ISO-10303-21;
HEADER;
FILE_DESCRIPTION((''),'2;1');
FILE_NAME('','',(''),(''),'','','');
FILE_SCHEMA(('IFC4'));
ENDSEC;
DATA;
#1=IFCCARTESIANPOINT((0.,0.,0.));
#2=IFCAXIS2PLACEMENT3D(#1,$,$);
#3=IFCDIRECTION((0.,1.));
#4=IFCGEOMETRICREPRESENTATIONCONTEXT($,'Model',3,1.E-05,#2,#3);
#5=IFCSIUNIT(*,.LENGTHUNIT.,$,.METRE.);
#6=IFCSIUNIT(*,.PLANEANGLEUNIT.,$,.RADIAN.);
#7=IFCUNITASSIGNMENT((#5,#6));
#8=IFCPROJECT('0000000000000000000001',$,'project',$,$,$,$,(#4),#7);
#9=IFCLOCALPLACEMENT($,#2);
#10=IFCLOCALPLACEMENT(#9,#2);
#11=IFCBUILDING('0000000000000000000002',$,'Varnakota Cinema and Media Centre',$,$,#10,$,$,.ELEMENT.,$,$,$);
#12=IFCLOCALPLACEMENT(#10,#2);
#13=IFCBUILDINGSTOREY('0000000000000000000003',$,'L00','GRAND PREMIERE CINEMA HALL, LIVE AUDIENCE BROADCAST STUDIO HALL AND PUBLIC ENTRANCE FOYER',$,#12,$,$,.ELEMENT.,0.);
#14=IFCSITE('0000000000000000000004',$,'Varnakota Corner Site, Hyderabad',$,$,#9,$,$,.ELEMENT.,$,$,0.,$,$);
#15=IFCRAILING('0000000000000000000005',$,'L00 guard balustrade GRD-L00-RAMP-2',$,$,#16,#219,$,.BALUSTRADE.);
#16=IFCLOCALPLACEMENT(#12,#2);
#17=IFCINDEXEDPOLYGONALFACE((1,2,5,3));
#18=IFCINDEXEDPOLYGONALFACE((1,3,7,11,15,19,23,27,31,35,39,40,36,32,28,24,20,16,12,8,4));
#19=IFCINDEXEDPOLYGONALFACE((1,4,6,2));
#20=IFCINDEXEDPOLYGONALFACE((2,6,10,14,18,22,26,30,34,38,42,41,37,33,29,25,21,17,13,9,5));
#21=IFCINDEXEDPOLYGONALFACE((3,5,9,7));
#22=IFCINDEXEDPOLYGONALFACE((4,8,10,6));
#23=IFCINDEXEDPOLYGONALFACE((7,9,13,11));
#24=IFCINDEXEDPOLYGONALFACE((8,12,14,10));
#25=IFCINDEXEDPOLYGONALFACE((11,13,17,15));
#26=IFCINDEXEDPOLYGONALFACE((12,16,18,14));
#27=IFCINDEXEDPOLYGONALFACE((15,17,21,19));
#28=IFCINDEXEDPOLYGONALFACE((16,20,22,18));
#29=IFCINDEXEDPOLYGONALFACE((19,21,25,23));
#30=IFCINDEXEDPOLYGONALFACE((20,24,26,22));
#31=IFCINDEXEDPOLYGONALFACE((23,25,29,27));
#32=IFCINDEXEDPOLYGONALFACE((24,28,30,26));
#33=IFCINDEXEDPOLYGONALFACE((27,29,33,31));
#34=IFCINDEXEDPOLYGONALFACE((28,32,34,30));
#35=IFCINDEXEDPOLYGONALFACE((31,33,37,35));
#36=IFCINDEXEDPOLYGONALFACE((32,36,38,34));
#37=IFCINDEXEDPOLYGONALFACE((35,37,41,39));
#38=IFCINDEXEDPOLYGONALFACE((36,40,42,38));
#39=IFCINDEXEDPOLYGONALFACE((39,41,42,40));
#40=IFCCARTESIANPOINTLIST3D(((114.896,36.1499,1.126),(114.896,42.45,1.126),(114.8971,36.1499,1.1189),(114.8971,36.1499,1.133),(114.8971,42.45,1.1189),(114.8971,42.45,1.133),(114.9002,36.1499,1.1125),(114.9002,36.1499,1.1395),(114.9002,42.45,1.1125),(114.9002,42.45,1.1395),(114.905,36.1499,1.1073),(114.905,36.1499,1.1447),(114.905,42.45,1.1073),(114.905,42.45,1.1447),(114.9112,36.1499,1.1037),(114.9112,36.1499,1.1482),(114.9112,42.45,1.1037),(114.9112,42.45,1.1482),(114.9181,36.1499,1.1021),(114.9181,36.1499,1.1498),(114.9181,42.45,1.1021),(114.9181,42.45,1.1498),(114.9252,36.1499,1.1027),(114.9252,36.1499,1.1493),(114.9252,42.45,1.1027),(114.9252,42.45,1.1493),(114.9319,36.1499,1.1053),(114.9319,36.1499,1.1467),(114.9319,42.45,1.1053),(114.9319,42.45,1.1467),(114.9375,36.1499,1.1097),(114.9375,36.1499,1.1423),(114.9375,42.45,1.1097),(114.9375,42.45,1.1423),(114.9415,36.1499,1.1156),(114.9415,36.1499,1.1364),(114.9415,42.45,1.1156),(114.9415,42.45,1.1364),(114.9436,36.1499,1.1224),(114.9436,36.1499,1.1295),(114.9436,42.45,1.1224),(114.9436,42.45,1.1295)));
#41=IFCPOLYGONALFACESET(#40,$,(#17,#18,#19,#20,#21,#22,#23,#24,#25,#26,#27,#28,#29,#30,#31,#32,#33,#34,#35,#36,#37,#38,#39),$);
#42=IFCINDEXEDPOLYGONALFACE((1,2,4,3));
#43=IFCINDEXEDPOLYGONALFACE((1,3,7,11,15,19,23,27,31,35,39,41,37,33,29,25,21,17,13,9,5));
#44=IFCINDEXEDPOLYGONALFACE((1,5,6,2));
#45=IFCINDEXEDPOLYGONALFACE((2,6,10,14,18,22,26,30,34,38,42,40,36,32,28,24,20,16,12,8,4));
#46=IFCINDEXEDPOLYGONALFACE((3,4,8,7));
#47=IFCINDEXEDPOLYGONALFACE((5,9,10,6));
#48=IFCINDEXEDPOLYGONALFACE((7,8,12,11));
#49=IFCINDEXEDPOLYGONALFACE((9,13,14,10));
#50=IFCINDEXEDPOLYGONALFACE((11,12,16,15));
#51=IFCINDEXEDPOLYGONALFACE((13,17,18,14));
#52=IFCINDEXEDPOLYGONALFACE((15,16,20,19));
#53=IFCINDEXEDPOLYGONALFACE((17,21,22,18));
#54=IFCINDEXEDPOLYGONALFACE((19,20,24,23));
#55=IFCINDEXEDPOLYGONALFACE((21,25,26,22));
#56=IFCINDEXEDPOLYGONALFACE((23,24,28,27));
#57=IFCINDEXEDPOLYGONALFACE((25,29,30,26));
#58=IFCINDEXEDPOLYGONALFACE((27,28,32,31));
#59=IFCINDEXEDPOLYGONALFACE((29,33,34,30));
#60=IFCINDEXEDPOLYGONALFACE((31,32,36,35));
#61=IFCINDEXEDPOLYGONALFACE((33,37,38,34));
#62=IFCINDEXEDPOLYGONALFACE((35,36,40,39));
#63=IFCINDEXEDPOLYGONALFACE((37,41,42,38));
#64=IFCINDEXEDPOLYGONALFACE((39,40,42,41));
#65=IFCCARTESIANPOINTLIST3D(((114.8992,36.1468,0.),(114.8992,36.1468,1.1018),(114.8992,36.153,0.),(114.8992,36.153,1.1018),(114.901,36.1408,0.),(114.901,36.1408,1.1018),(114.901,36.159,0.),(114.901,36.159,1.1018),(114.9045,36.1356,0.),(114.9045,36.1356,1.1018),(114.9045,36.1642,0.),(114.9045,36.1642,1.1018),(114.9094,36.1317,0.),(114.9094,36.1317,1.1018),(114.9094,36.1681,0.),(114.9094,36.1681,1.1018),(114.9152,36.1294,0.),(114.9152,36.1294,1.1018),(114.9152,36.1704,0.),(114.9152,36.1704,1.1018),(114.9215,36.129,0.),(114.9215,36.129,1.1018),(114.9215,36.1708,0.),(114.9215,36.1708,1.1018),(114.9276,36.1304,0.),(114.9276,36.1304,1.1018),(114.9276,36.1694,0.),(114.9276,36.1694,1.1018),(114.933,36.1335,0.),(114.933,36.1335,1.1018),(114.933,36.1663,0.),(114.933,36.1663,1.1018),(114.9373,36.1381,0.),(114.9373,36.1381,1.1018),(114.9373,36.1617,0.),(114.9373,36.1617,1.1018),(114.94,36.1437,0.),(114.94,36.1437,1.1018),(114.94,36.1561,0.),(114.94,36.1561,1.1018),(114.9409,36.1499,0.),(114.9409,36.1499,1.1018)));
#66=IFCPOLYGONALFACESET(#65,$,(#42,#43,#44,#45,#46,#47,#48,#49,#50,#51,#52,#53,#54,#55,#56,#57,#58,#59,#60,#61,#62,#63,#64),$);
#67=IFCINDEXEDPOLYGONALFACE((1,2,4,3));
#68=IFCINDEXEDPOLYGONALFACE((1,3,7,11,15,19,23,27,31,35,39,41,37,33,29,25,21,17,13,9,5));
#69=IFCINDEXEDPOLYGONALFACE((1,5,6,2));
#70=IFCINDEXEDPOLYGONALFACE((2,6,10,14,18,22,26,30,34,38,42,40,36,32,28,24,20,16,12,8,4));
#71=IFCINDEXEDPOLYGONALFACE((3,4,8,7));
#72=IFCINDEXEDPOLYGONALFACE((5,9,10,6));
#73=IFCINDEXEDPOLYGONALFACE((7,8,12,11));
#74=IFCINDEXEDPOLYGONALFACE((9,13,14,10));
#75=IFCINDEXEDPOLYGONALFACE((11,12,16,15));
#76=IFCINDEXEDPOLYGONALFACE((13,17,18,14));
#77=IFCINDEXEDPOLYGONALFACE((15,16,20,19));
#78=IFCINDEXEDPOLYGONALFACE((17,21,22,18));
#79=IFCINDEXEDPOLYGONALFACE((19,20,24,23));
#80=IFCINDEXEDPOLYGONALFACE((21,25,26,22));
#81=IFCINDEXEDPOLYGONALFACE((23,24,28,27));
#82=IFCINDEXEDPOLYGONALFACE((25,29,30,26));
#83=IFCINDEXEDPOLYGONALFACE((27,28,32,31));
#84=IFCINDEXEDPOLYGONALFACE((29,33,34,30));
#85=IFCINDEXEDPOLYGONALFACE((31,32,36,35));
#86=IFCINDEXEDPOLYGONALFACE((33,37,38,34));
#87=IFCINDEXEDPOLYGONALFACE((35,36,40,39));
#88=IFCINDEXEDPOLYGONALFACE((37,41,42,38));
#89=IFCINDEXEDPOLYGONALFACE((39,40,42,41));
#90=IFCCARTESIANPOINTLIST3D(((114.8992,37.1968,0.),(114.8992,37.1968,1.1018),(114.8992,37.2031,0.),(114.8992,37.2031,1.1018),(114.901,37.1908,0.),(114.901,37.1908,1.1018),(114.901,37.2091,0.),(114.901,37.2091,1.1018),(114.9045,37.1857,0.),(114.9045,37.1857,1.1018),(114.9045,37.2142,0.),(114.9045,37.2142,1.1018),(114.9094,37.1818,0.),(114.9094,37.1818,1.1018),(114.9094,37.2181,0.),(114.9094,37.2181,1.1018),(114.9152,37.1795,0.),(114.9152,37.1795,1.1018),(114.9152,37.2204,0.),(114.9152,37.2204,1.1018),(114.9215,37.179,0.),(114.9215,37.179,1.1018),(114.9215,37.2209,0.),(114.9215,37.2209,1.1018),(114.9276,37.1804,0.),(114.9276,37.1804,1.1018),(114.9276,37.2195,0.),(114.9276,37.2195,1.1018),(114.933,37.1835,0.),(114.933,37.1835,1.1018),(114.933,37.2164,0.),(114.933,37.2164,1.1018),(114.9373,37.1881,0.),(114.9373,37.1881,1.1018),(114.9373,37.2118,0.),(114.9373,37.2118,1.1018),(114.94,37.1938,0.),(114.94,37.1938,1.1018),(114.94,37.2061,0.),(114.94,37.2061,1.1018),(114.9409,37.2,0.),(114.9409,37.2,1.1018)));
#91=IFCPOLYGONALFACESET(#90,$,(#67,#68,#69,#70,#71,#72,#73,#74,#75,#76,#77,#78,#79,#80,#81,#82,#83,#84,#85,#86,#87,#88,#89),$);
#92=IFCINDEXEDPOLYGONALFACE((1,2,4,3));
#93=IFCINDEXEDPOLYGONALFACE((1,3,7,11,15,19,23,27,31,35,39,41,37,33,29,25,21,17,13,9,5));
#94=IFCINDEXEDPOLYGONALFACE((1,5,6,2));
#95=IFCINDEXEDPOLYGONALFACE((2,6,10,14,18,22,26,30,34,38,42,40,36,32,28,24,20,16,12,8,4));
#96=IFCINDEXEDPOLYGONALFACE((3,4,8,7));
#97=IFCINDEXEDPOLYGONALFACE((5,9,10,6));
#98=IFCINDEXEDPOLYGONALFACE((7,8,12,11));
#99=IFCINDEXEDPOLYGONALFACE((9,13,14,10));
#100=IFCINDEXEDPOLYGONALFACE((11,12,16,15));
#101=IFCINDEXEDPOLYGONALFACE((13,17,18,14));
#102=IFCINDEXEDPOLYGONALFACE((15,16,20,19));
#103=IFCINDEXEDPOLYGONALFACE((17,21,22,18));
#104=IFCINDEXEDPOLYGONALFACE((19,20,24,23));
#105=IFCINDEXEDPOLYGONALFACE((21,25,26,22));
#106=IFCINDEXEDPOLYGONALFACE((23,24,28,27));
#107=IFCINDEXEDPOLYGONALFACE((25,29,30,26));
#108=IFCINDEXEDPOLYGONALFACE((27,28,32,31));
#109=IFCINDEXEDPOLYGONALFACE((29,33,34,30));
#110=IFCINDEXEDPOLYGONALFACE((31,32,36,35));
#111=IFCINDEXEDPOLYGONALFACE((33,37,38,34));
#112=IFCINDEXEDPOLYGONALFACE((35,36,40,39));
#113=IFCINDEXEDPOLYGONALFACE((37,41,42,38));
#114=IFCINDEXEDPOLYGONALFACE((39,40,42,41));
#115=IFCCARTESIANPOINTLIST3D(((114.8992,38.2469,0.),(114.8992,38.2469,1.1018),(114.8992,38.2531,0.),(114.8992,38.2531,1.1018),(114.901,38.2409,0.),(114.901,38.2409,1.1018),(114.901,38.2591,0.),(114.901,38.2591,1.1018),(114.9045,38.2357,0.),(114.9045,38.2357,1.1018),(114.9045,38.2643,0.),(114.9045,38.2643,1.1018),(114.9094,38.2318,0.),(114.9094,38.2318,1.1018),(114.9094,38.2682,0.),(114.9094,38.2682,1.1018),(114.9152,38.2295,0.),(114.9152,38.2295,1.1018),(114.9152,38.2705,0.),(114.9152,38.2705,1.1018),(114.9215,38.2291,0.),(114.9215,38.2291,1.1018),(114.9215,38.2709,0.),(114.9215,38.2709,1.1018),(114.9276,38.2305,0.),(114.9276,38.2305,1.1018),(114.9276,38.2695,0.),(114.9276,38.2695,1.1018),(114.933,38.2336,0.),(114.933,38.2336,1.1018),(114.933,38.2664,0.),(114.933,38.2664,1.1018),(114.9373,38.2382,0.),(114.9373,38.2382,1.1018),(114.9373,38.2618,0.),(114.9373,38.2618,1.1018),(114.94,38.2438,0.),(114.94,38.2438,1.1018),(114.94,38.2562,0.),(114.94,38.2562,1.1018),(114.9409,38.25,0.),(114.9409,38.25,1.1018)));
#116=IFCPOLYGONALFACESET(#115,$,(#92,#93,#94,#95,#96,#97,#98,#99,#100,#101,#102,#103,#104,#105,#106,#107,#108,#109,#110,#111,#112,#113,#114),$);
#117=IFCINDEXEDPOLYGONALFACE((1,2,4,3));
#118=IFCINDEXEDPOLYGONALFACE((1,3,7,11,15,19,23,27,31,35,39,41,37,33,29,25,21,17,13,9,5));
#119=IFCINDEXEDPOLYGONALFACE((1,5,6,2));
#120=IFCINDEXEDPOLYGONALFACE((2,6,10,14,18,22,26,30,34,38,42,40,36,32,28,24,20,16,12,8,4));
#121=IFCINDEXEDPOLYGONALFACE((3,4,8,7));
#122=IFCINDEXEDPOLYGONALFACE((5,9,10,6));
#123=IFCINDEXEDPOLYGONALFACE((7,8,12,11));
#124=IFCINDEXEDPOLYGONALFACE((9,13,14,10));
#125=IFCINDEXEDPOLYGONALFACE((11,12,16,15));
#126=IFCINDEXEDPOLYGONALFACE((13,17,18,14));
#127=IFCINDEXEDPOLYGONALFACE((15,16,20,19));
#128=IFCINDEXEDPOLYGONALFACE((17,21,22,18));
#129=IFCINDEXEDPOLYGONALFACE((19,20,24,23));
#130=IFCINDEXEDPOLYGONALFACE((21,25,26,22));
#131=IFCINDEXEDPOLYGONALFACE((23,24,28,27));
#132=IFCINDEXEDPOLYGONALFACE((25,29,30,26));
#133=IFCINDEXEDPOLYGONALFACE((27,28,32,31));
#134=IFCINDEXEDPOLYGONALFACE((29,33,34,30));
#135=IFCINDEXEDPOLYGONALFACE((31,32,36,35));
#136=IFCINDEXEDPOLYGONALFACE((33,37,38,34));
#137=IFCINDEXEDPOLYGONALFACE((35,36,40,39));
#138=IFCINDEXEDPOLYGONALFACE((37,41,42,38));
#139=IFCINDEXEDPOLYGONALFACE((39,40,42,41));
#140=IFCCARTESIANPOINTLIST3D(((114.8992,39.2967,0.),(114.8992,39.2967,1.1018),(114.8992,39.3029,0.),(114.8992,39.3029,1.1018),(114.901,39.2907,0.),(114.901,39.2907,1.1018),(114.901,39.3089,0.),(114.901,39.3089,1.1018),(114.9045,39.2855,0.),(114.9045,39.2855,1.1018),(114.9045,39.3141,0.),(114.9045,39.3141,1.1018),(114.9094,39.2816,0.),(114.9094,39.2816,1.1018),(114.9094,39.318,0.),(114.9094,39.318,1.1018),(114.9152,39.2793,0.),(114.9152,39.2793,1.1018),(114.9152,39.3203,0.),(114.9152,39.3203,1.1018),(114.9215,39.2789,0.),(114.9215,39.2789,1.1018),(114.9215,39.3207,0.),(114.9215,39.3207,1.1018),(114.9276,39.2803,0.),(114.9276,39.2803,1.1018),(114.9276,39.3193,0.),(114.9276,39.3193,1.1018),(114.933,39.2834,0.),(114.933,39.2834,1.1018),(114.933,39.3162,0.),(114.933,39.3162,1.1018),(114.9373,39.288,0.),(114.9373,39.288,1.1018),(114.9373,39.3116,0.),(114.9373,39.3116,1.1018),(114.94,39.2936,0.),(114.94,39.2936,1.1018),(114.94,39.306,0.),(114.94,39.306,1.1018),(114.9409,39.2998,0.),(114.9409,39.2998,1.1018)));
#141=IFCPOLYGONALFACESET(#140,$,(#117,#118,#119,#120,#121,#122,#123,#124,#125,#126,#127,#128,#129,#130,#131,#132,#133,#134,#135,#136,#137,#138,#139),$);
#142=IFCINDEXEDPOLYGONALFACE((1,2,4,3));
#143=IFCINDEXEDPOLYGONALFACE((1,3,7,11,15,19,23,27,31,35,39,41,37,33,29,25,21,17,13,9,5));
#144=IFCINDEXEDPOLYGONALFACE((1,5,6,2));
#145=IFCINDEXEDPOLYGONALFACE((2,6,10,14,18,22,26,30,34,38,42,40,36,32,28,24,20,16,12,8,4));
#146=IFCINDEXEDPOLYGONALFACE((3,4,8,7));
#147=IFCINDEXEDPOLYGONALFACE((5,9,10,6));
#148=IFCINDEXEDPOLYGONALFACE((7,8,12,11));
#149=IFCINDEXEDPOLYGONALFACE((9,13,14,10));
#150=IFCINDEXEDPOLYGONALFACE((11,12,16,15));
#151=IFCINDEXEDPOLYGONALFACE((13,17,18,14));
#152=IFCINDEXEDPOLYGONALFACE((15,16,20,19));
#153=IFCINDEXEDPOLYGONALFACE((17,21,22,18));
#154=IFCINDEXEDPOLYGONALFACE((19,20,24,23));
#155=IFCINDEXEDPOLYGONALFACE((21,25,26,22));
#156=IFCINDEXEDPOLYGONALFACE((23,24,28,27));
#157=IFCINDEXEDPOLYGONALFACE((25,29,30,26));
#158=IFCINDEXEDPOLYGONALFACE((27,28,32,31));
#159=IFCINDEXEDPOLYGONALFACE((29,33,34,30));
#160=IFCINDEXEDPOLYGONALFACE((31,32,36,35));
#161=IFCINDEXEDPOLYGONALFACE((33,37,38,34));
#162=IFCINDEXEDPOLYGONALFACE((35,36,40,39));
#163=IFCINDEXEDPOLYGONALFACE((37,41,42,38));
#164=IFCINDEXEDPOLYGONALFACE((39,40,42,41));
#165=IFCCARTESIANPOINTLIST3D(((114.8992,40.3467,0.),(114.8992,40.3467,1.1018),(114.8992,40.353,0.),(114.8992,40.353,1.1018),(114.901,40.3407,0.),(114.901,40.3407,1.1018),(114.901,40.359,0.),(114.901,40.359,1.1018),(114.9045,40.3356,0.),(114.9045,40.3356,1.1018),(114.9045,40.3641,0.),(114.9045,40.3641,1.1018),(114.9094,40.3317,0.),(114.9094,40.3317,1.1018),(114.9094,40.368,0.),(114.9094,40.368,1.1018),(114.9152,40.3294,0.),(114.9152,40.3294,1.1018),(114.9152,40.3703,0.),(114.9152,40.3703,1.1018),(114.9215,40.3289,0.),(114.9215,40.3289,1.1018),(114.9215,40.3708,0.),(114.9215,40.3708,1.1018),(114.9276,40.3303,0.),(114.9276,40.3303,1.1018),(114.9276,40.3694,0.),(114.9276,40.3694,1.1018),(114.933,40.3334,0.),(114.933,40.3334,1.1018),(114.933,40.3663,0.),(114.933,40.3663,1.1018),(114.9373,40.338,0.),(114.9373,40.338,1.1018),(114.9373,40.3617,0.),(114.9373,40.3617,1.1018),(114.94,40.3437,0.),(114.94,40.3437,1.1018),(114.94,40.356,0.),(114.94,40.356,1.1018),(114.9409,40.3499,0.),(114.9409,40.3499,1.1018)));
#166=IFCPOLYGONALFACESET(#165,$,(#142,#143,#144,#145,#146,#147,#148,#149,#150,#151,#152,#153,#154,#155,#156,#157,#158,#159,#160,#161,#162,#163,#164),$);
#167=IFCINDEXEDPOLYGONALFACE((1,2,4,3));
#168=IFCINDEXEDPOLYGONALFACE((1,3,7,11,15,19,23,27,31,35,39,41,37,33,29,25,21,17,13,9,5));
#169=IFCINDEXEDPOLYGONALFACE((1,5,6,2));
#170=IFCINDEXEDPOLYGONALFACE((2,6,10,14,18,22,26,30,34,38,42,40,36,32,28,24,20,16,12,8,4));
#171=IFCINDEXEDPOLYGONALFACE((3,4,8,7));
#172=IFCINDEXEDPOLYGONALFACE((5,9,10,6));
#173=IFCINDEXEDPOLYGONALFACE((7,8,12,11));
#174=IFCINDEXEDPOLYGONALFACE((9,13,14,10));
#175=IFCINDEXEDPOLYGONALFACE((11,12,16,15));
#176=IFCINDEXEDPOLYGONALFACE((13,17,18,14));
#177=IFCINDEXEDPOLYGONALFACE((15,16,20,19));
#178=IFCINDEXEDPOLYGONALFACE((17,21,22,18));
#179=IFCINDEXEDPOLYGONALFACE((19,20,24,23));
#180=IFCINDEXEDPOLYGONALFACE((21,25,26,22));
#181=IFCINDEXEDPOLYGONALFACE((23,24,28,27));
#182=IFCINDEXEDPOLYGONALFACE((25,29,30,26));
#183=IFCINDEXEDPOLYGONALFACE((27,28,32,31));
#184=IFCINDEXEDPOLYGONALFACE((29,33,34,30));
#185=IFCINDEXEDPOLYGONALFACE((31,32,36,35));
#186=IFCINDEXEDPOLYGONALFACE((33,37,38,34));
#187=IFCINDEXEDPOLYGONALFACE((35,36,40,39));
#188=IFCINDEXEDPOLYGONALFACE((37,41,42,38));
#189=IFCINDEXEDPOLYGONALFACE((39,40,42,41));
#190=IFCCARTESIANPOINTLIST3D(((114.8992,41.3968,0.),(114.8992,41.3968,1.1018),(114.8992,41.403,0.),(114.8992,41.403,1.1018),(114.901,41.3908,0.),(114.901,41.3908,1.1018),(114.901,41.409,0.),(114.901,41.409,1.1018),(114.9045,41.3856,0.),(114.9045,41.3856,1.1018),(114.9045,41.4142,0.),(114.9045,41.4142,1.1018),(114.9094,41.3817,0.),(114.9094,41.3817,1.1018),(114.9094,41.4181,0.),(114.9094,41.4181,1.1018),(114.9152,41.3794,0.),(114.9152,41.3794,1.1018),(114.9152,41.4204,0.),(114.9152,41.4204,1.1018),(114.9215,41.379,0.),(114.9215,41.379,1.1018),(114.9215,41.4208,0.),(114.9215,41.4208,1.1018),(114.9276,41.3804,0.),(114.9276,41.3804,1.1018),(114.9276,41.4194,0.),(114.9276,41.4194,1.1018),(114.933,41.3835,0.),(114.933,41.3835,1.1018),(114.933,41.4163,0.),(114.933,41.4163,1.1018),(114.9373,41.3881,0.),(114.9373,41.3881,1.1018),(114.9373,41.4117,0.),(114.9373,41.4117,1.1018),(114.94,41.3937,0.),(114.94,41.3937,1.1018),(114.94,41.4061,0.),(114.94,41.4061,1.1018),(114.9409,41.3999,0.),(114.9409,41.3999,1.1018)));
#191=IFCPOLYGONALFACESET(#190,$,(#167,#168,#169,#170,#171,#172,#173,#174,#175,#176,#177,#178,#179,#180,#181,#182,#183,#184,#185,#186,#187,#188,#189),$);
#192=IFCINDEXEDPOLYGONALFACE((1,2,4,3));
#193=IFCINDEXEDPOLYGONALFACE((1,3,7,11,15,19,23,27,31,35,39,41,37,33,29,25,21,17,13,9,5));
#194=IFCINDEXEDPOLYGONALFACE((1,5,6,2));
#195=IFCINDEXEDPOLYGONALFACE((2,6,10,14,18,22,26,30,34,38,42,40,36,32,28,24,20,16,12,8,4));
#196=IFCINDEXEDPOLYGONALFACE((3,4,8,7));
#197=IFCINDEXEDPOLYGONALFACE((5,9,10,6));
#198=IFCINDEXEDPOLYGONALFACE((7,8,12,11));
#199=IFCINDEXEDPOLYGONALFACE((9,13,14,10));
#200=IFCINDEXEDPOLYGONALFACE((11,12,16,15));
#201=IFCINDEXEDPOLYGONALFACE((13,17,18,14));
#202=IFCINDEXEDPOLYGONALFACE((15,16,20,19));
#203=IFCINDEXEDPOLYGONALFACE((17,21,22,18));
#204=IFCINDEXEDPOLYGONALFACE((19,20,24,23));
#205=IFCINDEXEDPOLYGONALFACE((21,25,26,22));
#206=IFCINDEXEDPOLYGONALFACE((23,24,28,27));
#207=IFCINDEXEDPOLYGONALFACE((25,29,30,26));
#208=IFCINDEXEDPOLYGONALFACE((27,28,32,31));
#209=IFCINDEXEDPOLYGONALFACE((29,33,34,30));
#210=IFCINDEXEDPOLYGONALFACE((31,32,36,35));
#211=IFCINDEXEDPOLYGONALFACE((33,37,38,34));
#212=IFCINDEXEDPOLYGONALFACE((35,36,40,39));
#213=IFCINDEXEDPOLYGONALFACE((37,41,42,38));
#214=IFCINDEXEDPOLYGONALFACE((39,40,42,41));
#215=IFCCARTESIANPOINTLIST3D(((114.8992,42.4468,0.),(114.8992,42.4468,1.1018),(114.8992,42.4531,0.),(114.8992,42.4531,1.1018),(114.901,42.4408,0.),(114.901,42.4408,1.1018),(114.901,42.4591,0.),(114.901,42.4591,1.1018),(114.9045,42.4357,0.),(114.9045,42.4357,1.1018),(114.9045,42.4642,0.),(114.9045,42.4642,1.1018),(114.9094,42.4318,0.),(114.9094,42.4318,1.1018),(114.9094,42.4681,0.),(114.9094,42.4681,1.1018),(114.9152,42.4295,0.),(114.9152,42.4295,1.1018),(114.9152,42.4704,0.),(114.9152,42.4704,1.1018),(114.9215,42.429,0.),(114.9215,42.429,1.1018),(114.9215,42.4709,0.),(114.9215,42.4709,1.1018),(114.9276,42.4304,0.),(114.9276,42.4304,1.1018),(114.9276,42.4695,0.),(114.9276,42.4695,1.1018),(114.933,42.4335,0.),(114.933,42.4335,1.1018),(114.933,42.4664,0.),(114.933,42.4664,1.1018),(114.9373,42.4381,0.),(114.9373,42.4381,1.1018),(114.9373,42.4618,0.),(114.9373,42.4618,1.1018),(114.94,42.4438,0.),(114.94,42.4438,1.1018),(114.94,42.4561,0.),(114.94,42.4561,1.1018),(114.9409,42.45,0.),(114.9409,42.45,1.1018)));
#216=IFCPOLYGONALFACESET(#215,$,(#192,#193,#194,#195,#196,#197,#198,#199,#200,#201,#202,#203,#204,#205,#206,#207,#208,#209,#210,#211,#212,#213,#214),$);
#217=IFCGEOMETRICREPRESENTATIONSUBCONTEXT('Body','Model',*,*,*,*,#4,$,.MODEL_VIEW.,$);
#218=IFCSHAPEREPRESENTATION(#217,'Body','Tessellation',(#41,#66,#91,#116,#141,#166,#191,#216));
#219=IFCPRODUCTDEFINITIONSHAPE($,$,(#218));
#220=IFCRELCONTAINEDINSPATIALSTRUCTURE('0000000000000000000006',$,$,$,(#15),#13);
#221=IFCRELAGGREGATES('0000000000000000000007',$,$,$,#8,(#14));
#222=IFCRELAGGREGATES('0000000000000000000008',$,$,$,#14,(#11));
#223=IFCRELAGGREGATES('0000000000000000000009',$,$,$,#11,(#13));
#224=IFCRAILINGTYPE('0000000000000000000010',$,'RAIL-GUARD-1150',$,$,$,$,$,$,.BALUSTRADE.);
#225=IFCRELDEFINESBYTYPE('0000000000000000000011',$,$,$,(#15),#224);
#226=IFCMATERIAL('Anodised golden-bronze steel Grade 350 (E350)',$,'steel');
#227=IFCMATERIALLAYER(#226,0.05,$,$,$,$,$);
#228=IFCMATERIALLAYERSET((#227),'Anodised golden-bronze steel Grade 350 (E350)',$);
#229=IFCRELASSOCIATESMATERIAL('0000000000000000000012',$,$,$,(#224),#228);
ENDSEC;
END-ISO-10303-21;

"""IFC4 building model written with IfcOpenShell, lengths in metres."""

from ifc_helpers import new_model, si_unit, direction, frame, origin, origin_2d, place, context, subcontext, project, spatial, circle, extrude, material, layer, layer_set, type_object, element, save


model = new_model("IFC4")

# Units and contexts
model_context = context("Model", 3, precision=1e-05, world=origin(), true_north=direction((0.0, 1.0)))
body_context = subcontext(model_context, "Body", "Model", "MODEL_VIEW")
ifc_project = project(units=[si_unit("LENGTHUNIT", "METRE"), si_unit("PLANEANGLEUNIT", "RADIAN")], contexts=[model_context])

# Site, building, storey
site_placement = place(None, origin())
site = spatial("IfcSite", under=ifc_project, at=site_placement, Name="Varnakota Corner Site, Hyderabad", CompositionType="ELEMENT", RefElevation=0.0)
building_placement = place(site_placement, origin())
building = spatial("IfcBuilding", under=site, at=building_placement, Name="Varnakota Cinema and Media Centre", CompositionType="ELEMENT")
storey_placement = place(building_placement, origin())
storey = spatial("IfcBuildingStorey", under=building, at=storey_placement, Name="L00", Description="GRAND PREMIERE CINEMA HALL, LIVE AUDIENCE BROADCAST STUDIO HALL AND PUBLIC ENTRANCE FOYER", CompositionType="ELEMENT", Elevation=0.0)

# Railing
ifc_material_1 = material(Name="Anodised golden-bronze steel Grade 350 (E350)", Category="steel")
ifc_layer_1 = layer(ifc_material_1, 0.05)
ifc_layer_set_1 = layer_set([ifc_layer_1], Name="Anodised golden-bronze steel Grade 350 (E350)")
railing_type = type_object("IfcRailingType", Name="RAIL-GUARD-1150", PredefinedType="BALUSTRADE", material=ifc_layer_set_1)
railing_1_placement = place(storey_placement, frame((114.9199, 36.1499, 0.0)))
element("IfcRailing", 1, at=railing_1_placement, inside=storey, type_object=railing_type, Name="L00 guard balustrade GRD-L00-RAMP-2", PredefinedType="BALUSTRADE", context=body_context, shape_type="SweptSolid", body=[
    extrude(circle(Radius=0.0239, at=origin_2d()), frame((0.0, 0.0, 1.126), z_axis=(0.0, 1.0, 0.0), x_axis=(-1.0, 0.0, 0.0)), (0.0, 0.0, 1.0), 6.3),
    extrude(circle(Radius=0.021, at=origin_2d()), origin(), (0.0, 0.0, 1.0), 1.1018),
    extrude(circle(Radius=0.021, at=origin_2d()), frame((0.0, 1.05, 0.0)), (0.0, 0.0, 1.0), 1.1018),
    extrude(circle(Radius=0.021, at=origin_2d()), frame((0.0, 2.1001, 0.0)), (0.0, 0.0, 1.0), 1.1018),
    extrude(circle(Radius=0.021, at=origin_2d()), frame((0.0, 3.1499, 0.0)), (0.0, 0.0, 1.0), 1.1018),
    extrude(circle(Radius=0.021, at=origin_2d()), frame((0.0, 4.2, 0.0)), (0.0, 0.0, 1.0), 1.1018),
    extrude(circle(Radius=0.021, at=origin_2d()), frame((0.0, 5.25, 0.0)), (0.0, 0.0, 1.0), 1.1018),
    extrude(circle(Radius=0.021, at=origin_2d()), frame((0.0, 6.3, 0.0)), (0.0, 0.0, 1.0), 1.1018),
])

save(model, "model.ifc")
